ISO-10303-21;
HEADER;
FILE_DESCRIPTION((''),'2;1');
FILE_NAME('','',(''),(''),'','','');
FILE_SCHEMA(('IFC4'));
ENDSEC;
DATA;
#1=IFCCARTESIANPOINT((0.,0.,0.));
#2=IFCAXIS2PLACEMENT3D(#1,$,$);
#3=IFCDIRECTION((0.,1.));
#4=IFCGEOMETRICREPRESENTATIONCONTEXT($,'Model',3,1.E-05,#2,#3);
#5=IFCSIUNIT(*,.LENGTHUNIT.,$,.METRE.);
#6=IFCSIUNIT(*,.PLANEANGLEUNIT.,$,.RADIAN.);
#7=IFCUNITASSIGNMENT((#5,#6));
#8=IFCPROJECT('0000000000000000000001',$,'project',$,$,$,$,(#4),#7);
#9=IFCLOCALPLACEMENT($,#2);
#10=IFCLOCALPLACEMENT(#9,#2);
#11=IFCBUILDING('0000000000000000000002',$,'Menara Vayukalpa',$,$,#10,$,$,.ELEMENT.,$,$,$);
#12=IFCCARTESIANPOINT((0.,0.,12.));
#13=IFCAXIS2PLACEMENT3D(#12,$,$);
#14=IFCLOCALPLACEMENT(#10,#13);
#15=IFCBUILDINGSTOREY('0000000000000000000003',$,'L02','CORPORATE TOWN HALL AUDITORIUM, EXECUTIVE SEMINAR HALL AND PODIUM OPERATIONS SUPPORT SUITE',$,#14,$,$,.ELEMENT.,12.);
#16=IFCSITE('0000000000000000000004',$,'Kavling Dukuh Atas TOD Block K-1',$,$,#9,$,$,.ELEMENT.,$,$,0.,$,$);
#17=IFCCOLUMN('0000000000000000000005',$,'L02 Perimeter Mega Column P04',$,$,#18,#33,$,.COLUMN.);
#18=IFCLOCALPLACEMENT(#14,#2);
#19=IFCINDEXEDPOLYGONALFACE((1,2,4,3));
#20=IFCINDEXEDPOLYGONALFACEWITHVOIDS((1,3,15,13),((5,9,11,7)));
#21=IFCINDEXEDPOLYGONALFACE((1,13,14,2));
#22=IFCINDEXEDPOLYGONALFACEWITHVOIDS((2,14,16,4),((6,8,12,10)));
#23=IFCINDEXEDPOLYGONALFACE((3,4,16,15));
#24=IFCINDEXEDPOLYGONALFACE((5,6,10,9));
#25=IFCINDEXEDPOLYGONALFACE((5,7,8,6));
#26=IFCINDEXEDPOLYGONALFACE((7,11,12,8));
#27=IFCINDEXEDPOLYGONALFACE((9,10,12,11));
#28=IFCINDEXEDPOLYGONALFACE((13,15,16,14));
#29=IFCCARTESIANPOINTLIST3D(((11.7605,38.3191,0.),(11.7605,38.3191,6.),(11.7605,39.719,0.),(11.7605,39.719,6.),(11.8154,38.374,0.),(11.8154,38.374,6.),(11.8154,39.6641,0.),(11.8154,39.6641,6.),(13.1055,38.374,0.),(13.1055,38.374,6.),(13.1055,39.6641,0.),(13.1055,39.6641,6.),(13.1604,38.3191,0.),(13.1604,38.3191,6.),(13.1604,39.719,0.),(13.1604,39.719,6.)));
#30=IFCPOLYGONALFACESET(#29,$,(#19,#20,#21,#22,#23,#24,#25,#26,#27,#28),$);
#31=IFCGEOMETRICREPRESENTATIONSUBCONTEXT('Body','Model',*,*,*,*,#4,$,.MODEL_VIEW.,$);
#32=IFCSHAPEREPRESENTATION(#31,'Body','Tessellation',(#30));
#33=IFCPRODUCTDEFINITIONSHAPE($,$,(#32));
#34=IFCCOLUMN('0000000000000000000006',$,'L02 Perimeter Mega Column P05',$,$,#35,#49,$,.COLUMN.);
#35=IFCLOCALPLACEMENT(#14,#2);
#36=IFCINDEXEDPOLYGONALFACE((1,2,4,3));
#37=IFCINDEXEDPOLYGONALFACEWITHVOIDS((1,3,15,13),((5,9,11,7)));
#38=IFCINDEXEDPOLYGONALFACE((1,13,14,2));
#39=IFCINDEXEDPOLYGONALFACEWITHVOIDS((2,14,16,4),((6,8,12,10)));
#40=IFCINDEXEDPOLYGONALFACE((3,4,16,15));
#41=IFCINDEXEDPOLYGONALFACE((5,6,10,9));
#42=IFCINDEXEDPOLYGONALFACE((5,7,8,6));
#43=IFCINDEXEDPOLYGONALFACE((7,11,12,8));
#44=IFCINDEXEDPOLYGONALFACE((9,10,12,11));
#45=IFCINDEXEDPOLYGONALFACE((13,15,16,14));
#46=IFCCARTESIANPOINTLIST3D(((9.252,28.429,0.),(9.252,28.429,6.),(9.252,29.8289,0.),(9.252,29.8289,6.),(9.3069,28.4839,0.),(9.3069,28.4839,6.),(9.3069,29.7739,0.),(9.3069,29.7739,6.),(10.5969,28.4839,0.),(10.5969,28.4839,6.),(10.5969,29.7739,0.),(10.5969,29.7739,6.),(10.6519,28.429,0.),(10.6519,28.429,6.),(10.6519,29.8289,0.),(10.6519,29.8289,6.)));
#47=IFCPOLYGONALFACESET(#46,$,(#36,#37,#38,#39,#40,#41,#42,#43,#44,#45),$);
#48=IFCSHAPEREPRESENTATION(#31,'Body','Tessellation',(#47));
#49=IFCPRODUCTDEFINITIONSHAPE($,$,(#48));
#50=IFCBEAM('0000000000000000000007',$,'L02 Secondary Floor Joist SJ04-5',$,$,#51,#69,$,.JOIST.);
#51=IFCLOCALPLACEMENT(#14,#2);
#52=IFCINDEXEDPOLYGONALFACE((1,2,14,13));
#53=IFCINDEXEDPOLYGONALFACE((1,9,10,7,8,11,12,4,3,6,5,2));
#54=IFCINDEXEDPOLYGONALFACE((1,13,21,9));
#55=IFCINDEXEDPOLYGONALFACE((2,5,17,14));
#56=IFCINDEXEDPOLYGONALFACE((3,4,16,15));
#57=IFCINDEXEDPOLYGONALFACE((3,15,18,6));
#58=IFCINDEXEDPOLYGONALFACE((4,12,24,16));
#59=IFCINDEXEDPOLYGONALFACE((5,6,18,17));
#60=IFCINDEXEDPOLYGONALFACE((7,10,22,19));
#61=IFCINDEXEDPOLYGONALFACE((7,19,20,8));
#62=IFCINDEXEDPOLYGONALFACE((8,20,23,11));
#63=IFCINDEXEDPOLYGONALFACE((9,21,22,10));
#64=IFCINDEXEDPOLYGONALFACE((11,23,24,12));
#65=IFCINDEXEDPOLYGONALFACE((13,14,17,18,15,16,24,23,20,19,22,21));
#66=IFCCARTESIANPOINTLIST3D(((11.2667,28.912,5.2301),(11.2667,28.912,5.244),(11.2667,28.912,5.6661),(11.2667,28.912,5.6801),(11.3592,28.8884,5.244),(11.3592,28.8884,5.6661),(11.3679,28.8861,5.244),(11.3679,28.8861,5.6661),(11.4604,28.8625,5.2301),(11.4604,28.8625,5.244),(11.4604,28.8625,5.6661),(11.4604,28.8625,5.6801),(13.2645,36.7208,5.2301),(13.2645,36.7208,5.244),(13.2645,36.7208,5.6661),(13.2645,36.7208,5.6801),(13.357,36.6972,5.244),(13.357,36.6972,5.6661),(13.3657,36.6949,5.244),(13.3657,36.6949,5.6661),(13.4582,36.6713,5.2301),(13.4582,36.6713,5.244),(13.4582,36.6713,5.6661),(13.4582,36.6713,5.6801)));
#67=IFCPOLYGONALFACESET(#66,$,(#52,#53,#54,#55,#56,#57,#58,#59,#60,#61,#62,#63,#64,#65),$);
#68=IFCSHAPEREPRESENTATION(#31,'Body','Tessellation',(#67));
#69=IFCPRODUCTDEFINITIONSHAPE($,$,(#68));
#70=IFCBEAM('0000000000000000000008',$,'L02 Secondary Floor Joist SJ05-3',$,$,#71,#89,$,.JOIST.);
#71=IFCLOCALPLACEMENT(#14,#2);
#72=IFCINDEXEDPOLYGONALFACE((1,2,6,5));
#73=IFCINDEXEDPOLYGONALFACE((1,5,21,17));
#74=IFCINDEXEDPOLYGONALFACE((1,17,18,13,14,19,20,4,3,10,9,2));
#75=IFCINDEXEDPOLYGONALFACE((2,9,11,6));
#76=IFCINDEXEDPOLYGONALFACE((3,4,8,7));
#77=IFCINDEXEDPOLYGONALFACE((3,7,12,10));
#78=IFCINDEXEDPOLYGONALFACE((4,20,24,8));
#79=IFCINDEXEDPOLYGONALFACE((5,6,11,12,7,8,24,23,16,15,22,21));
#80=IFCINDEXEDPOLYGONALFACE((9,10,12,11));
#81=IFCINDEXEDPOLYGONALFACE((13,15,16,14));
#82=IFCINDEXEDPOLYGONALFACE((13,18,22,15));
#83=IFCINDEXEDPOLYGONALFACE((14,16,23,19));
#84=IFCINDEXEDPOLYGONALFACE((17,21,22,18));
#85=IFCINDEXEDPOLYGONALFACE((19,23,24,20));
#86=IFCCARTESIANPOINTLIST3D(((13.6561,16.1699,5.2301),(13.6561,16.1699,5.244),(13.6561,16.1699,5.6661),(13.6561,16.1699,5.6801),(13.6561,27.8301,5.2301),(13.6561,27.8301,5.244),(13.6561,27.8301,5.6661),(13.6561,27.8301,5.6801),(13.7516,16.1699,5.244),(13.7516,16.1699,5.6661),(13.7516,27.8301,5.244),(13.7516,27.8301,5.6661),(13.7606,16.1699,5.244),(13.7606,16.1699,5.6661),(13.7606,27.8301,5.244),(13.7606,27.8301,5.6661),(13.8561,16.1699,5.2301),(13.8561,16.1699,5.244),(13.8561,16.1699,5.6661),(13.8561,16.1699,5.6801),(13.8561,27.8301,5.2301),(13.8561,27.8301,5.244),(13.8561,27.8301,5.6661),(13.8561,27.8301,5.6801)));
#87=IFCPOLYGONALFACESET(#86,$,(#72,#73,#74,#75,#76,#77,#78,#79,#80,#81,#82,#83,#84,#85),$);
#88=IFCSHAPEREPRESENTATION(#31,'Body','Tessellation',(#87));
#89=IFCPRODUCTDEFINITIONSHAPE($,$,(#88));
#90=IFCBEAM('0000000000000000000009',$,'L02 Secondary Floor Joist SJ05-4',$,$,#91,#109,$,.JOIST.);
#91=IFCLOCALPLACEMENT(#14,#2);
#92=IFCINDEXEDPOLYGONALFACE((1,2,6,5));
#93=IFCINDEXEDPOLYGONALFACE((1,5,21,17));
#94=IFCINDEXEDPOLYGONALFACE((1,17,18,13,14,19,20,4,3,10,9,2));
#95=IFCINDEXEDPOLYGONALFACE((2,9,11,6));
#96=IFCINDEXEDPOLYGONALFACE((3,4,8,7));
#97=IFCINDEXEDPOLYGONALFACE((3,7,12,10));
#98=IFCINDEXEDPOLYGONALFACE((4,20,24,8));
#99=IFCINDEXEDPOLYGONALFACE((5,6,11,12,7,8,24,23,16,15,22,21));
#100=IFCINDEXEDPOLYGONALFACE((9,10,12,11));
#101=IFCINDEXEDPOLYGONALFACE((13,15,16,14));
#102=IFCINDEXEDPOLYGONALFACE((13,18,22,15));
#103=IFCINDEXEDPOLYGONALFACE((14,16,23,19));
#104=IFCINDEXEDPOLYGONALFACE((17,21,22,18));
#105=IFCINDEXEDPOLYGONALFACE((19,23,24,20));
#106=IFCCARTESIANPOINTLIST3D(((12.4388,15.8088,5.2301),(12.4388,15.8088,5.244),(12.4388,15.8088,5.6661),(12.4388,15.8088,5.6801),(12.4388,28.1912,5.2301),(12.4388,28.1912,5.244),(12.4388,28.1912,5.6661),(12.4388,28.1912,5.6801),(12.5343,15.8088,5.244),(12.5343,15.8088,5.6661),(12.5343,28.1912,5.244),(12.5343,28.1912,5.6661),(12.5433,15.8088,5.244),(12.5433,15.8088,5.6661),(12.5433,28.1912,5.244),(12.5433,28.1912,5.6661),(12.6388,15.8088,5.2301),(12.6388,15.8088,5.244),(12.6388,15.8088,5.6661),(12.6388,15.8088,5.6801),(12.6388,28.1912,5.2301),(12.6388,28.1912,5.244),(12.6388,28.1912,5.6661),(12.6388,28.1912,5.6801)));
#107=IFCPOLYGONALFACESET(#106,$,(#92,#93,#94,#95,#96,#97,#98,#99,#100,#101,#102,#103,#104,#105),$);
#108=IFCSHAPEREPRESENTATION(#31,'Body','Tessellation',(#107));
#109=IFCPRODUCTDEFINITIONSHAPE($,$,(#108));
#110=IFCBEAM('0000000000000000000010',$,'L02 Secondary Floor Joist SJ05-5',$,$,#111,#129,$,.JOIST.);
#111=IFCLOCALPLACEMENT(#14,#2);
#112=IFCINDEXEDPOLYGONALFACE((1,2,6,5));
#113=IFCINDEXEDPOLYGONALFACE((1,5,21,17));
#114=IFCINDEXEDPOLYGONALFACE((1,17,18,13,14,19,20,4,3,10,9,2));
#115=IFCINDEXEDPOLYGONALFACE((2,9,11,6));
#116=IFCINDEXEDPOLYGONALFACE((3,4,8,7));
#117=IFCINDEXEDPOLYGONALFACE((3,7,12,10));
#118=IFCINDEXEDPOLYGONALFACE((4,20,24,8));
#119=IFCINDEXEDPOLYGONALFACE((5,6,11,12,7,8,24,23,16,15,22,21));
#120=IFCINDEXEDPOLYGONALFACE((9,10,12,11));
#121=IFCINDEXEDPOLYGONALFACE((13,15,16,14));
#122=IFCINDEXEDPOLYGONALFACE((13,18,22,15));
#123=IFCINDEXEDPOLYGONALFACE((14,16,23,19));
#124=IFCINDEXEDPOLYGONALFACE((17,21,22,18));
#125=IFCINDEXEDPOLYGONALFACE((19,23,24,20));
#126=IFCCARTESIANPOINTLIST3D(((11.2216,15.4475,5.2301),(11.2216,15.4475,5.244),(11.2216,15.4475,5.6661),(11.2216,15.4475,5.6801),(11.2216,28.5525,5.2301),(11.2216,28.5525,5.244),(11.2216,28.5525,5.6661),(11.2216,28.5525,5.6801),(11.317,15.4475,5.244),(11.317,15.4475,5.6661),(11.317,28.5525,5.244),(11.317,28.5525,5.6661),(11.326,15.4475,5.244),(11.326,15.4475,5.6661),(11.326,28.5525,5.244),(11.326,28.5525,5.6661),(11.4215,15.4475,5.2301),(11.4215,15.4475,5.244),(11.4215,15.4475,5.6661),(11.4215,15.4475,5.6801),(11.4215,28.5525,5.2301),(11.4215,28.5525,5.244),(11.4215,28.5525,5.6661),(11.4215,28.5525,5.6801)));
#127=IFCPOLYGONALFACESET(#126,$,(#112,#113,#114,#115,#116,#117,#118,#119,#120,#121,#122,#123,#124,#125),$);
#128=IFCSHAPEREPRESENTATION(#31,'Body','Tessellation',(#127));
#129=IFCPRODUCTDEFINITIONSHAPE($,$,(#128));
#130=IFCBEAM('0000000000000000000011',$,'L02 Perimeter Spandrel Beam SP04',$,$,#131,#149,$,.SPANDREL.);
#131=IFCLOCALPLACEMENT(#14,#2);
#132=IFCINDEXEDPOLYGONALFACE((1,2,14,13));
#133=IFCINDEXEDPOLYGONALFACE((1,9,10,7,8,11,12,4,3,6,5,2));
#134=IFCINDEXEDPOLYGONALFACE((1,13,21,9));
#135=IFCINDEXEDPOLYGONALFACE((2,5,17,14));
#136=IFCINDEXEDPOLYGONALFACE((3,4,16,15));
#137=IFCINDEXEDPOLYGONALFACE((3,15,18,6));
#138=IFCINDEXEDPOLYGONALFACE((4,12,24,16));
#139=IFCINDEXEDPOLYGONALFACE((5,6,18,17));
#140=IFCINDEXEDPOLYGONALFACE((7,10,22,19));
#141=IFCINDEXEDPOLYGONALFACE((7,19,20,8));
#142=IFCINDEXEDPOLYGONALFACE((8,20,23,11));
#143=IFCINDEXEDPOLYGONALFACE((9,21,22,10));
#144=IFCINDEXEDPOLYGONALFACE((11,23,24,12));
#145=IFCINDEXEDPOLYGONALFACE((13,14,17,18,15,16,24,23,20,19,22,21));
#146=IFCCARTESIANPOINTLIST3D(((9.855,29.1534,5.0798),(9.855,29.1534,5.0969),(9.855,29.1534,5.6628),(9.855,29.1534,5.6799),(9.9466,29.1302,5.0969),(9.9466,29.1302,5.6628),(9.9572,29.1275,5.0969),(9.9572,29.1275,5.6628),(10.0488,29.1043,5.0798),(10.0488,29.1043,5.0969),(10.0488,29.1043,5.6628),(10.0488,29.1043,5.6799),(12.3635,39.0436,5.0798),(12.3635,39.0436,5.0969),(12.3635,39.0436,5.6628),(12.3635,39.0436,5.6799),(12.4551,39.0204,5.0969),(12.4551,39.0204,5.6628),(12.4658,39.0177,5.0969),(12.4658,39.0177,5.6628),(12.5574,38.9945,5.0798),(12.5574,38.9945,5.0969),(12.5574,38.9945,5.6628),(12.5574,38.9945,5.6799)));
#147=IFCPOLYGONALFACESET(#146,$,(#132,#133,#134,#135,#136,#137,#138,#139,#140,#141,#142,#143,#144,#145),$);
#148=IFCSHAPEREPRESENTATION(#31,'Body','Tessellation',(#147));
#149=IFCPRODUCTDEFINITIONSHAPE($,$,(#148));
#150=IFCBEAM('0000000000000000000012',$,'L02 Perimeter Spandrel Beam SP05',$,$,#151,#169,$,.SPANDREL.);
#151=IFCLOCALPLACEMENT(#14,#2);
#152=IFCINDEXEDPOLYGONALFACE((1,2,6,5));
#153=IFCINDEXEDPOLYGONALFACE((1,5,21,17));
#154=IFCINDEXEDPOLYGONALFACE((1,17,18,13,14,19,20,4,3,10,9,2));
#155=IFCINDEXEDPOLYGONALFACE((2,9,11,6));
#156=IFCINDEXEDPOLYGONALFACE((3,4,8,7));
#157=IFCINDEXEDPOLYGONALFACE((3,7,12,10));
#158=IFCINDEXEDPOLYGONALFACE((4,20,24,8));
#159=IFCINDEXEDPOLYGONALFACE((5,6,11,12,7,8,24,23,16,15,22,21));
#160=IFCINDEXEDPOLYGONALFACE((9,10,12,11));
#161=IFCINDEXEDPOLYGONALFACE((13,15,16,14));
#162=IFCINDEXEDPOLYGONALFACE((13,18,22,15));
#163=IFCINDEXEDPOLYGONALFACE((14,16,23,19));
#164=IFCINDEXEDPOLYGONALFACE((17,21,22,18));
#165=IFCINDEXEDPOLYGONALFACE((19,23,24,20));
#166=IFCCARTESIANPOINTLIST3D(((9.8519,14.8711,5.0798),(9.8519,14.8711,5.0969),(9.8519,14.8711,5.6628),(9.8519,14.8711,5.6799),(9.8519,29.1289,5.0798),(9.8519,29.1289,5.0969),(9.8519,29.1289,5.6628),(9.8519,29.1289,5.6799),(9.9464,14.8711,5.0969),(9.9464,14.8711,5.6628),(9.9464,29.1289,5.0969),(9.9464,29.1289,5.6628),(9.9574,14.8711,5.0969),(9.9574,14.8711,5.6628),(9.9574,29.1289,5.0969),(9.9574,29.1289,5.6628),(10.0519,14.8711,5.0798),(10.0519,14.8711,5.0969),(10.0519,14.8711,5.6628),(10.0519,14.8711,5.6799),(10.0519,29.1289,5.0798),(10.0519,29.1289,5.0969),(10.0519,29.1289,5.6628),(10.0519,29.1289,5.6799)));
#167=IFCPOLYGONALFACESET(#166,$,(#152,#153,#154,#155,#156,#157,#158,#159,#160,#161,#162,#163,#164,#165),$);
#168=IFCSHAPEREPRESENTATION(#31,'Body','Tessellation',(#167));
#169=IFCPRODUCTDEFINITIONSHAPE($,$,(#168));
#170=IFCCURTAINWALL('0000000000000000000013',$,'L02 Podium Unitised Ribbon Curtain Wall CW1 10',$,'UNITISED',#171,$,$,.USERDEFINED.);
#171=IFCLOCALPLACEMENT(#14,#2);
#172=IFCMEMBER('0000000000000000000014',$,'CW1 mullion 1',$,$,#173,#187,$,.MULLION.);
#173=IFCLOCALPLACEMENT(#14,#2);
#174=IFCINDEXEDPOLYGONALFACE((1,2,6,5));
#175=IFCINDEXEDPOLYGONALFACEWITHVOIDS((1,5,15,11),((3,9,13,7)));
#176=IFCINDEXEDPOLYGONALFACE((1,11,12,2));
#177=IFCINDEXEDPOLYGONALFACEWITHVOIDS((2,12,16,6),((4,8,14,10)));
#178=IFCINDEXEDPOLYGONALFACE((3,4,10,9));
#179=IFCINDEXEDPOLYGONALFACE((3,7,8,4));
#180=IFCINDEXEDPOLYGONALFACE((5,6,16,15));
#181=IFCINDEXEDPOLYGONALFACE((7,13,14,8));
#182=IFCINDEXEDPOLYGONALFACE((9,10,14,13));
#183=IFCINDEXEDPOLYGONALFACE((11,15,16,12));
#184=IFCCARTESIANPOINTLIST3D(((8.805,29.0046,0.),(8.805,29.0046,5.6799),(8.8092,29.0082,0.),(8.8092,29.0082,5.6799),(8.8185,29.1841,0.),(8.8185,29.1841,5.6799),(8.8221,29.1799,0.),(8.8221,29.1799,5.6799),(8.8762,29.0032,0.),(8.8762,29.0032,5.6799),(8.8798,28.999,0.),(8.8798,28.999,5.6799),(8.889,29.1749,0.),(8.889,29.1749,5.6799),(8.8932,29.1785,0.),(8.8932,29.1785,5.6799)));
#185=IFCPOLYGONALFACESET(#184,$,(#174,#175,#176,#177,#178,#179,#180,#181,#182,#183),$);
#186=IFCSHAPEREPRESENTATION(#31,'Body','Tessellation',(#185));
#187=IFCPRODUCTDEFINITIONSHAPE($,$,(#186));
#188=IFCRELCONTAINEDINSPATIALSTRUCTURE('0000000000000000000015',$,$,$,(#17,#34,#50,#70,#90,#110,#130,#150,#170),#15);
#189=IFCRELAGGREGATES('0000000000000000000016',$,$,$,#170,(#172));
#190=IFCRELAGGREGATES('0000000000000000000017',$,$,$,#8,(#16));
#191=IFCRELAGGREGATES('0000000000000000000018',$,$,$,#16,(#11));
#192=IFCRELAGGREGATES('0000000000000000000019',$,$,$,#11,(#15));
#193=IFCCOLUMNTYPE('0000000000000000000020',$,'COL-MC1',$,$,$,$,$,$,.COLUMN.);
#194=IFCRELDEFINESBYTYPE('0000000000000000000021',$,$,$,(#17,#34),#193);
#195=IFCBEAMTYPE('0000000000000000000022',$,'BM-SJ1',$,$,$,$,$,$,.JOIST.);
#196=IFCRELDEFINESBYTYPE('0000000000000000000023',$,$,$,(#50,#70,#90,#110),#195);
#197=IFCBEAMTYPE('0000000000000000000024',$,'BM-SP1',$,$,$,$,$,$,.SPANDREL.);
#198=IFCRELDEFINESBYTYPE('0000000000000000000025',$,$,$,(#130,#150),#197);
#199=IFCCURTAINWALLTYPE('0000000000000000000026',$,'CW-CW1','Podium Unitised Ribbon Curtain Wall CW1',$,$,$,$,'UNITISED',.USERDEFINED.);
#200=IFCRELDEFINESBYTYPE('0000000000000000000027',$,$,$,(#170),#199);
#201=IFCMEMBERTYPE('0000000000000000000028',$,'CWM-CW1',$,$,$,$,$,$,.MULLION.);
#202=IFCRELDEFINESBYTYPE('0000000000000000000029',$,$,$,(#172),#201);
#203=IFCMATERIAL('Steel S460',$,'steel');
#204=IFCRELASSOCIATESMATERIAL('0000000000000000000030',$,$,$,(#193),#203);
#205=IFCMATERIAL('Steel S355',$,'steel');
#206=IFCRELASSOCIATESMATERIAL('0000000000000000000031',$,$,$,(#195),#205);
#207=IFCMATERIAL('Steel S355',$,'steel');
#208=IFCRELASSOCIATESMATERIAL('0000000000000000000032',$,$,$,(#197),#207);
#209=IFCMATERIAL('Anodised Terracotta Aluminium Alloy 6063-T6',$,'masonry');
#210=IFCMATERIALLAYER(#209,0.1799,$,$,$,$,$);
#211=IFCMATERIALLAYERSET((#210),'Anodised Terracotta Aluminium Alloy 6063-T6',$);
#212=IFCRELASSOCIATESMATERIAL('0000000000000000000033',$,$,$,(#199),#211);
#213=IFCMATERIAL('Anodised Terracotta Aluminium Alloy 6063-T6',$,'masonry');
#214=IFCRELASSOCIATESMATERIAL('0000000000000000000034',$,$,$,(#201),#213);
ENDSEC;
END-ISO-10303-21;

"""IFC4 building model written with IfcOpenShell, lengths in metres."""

from ifc_helpers import new_model, si_unit, direction, frame, origin, origin_2d, place, context, subcontext, project, spatial, hollow_rectangle, i_section, extrude, material, layer, layer_set, material_profile, profile_set, type_object, element, aggregate, save


model = new_model("IFC4")

# Units and contexts
model_context = context("Model", 3, precision=1e-05, world=origin(), true_north=direction((0.0, 1.0)))
body_context = subcontext(model_context, "Body", "Model", "MODEL_VIEW")
ifc_project = project(units=[si_unit("LENGTHUNIT", "METRE"), si_unit("PLANEANGLEUNIT", "RADIAN")], contexts=[model_context])

# Site, building, storey
site_placement = place(None, origin())
site = spatial("IfcSite", under=ifc_project, at=site_placement, Name="Kavling Dukuh Atas TOD Block K-1", CompositionType="ELEMENT", RefElevation=0.0)
building_placement = place(site_placement, origin())
building = spatial("IfcBuilding", under=site, at=building_placement, Name="Menara Vayukalpa", CompositionType="ELEMENT")
storey_placement = place(building_placement, frame((0.0, 0.0, 12.0)))
storey = spatial("IfcBuildingStorey", under=building, at=storey_placement, Name="L02", Description="CORPORATE TOWN HALL AUDITORIUM, EXECUTIVE SEMINAR HALL AND PODIUM OPERATIONS SUPPORT SUITE", CompositionType="ELEMENT", Elevation=12.0)

# Columns
ifc_material_1 = material(Name="Steel S460", Category="steel")
ifc_material_profile_1 = material_profile(ifc_material_1, hollow_rectangle(XDim=1.3999, YDim=1.3999, WallThickness=0.0549, at=origin_2d()), Name="BOX 1400x1400x55")
ifc_profile_set_1 = profile_set([ifc_material_profile_1], Name="Steel S460")
column_type = type_object("IfcColumnType", Name="COL-MC1", PredefinedType="COLUMN", material=ifc_profile_set_1)
for number, where, z_axis, x_axis, name in (
    (1, (12.4604, 39.019, 0.0), (0.0, 0.0, 1.0), (1.0, 0.0, 0.0), "L02 Perimeter Mega Column P04"),
    (2, (9.9519, 29.1289, 0.0), (0.0, 0.0, 1.0), (1.0, 0.0, 0.0), "L02 Perimeter Mega Column P05"),
):
    element("IfcColumn", number, at=place(storey_placement, frame(where, z_axis=z_axis, x_axis=x_axis)), inside=storey, type_object=column_type, Name=name, PredefinedType="COLUMN", context=body_context, shape_type="SweptSolid", body=[
        extrude(hollow_rectangle(XDim=1.3999, YDim=1.3999, WallThickness=0.0549, at=origin_2d()), origin(), (0.0, 0.0, 1.0), 6.0),
    ])

# Beams
ifc_material_2 = material(Name="Steel S355", Category="steel")
ifc_material_profile_2 = material_profile(ifc_material_2, i_section(OverallWidth=0.2, OverallDepth=0.45, WebThickness=0.009, FlangeThickness=0.0139, at=origin_2d()), Name="WF 450x200x9x14")
ifc_profile_set_2 = profile_set([ifc_material_profile_2], Name="Steel S355")
beam_type_1 = type_object("IfcBeamType", Name="BM-SJ1", PredefinedType="JOIST", material=ifc_profile_set_2)
beam_1_placement = place(storey_placement, frame((13.3613, 36.696, 5.4551), z_axis=(-0.247856, -0.968797, 0.0), x_axis=(0.968797, -0.247856, 0.0)))
element("IfcBeam", 3, at=beam_1_placement, inside=storey, type_object=beam_type_1, Name="L02 Secondary Floor Joist SJ04-5", PredefinedType="JOIST", context=body_context, shape_type="SweptSolid", body=[
    extrude(i_section(OverallWidth=0.2, OverallDepth=0.45, WebThickness=0.009, FlangeThickness=0.0139, at=origin_2d()), origin(), (0.0, 0.0, 1.0), 8.0603),
])
beam_2_placement = place(storey_placement, frame((13.7561, 27.8301, 5.4551), z_axis=(0.0, -1.0, 0.0), x_axis=(1.0, 0.0, 0.0)))
element("IfcBeam", 4, at=beam_2_placement, inside=storey, type_object=beam_type_1, Name="L02 Secondary Floor Joist SJ05-3", PredefinedType="JOIST", context=body_context, shape_type="SweptSolid", body=[
    extrude(i_section(OverallWidth=0.2, OverallDepth=0.45, WebThickness=0.009, FlangeThickness=0.0139, at=origin_2d()), origin(), (0.0, 0.0, 1.0), 11.6602),
])
beam_3_placement = place(storey_placement, frame((12.5388, 28.1912, 5.4551), z_axis=(0.0, -1.0, 0.0), x_axis=(1.0, 0.0, 0.0)))
element("IfcBeam", 5, at=beam_3_placement, inside=storey, type_object=beam_type_1, Name="L02 Secondary Floor Joist SJ05-4", PredefinedType="JOIST", context=body_context, shape_type="SweptSolid", body=[
    extrude(i_section(OverallWidth=0.2, OverallDepth=0.45, WebThickness=0.009, FlangeThickness=0.0139, at=origin_2d()), origin(), (0.0, 0.0, 1.0), 12.3823),
])
beam_4_placement = place(storey_placement, frame((11.3215, 28.5525, 5.4551), z_axis=(0.0, -1.0, 0.0), x_axis=(1.0, 0.0, 0.0)))
element("IfcBeam", 6, at=beam_4_placement, inside=storey, type_object=beam_type_1, Name="L02 Secondary Floor Joist SJ05-5", PredefinedType="JOIST", context=body_context, shape_type="SweptSolid", body=[
    extrude(i_section(OverallWidth=0.2, OverallDepth=0.45, WebThickness=0.009, FlangeThickness=0.0139, at=origin_2d()), origin(), (0.0, 0.0, 1.0), 13.105),
])
ifc_material_3 = material(Name="Steel S355", Category="steel")
ifc_material_profile_3 = material_profile(ifc_material_3, i_section(OverallWidth=0.2, OverallDepth=0.6001, WebThickness=0.011, FlangeThickness=0.0171, at=origin_2d()), Name="WF 600x200x11x17")
ifc_profile_set_3 = profile_set([ifc_material_profile_3], Name="Steel S355")
beam_type_2 = type_object("IfcBeamType", Name="BM-SP1", PredefinedType="SPANDREL", material=ifc_profile_set_3)
beam_5_placement = place(storey_placement, frame((12.4604, 39.019, 5.3799), z_axis=(-0.245856, -0.969306, 0.0), x_axis=(0.969306, -0.245856, 0.0)))
element("IfcBeam", 7, at=beam_5_placement, inside=storey, type_object=beam_type_2, Name="L02 Perimeter Spandrel Beam SP04", PredefinedType="SPANDREL", context=body_context, shape_type="SweptSolid", body=[
    extrude(i_section(OverallWidth=0.2, OverallDepth=0.6001, WebThickness=0.011, FlangeThickness=0.0171, at=origin_2d()), origin(), (0.0, 0.0, 1.0), 10.2034),
])
beam_6_placement = place(storey_placement, frame((9.9519, 29.1289, 5.3799), z_axis=(0.0, -1.0, 0.0), x_axis=(1.0, 0.0, 0.0)))
element("IfcBeam", 8, at=beam_6_placement, inside=storey, type_object=beam_type_2, Name="L02 Perimeter Spandrel Beam SP05", PredefinedType="SPANDREL", context=body_context, shape_type="SweptSolid", body=[
    extrude(i_section(OverallWidth=0.2, OverallDepth=0.6001, WebThickness=0.011, FlangeThickness=0.0171, at=origin_2d()), origin(), (0.0, 0.0, 1.0), 14.2578),
])

# Curtain wall, member
ifc_material_4 = material(Name="Anodised Terracotta Aluminium Alloy 6063-T6", Category="masonry")
ifc_layer_1 = layer(ifc_material_4, 0.1799)
ifc_layer_set_1 = layer_set([ifc_layer_1], Name="Anodised Terracotta Aluminium Alloy 6063-T6")
curtain_wall_type = type_object("IfcCurtainWallType", Name="CW-CW1", Description="Podium Unitised Ribbon Curtain Wall CW1", ElementType="UNITISED", PredefinedType="USERDEFINED", material=ifc_layer_set_1)
curtain_wall_placement = place(storey_placement, origin())
curtain_wall = element("IfcCurtainWall", 9, at=curtain_wall_placement, inside=storey, type_object=curtain_wall_type, Name="L02 Podium Unitised Ribbon Curtain Wall CW1 10", ObjectType="UNITISED", PredefinedType="USERDEFINED")
ifc_material_5 = material(Name="Anodised Terracotta Aluminium Alloy 6063-T6", Category="masonry")
ifc_material_profile_4 = material_profile(ifc_material_5, hollow_rectangle(XDim=0.075, YDim=0.1799, WallThickness=0.0039, at=origin_2d()), Name="ALU 75x180x4")
ifc_profile_set_4 = profile_set([ifc_material_profile_4], Name="Anodised Terracotta Aluminium Alloy 6063-T6")
member_type_1 = type_object("IfcMemberType", Name="CWM-CW1", PredefinedType="MULLION", material=ifc_profile_set_4)
member_1_placement = place(storey_placement, frame((8.8491, 29.0916, 0.0), z_axis=(0.0, 0.0, 1.0), x_axis=(0.997199, -0.074794, 0.0)))
member_1 = element("IfcMember", 10, at=member_1_placement, type_object=member_type_1, Name="CW1 mullion 1", PredefinedType="MULLION", context=body_context, shape_type="SweptSolid", body=[
    extrude(hollow_rectangle(XDim=0.075, YDim=0.1799, WallThickness=0.0039, at=origin_2d()), origin(), (0.0, 0.0, 1.0), 5.6799),
])
aggregate(curtain_wall, [member_1])

save(model, "model.ifc")
